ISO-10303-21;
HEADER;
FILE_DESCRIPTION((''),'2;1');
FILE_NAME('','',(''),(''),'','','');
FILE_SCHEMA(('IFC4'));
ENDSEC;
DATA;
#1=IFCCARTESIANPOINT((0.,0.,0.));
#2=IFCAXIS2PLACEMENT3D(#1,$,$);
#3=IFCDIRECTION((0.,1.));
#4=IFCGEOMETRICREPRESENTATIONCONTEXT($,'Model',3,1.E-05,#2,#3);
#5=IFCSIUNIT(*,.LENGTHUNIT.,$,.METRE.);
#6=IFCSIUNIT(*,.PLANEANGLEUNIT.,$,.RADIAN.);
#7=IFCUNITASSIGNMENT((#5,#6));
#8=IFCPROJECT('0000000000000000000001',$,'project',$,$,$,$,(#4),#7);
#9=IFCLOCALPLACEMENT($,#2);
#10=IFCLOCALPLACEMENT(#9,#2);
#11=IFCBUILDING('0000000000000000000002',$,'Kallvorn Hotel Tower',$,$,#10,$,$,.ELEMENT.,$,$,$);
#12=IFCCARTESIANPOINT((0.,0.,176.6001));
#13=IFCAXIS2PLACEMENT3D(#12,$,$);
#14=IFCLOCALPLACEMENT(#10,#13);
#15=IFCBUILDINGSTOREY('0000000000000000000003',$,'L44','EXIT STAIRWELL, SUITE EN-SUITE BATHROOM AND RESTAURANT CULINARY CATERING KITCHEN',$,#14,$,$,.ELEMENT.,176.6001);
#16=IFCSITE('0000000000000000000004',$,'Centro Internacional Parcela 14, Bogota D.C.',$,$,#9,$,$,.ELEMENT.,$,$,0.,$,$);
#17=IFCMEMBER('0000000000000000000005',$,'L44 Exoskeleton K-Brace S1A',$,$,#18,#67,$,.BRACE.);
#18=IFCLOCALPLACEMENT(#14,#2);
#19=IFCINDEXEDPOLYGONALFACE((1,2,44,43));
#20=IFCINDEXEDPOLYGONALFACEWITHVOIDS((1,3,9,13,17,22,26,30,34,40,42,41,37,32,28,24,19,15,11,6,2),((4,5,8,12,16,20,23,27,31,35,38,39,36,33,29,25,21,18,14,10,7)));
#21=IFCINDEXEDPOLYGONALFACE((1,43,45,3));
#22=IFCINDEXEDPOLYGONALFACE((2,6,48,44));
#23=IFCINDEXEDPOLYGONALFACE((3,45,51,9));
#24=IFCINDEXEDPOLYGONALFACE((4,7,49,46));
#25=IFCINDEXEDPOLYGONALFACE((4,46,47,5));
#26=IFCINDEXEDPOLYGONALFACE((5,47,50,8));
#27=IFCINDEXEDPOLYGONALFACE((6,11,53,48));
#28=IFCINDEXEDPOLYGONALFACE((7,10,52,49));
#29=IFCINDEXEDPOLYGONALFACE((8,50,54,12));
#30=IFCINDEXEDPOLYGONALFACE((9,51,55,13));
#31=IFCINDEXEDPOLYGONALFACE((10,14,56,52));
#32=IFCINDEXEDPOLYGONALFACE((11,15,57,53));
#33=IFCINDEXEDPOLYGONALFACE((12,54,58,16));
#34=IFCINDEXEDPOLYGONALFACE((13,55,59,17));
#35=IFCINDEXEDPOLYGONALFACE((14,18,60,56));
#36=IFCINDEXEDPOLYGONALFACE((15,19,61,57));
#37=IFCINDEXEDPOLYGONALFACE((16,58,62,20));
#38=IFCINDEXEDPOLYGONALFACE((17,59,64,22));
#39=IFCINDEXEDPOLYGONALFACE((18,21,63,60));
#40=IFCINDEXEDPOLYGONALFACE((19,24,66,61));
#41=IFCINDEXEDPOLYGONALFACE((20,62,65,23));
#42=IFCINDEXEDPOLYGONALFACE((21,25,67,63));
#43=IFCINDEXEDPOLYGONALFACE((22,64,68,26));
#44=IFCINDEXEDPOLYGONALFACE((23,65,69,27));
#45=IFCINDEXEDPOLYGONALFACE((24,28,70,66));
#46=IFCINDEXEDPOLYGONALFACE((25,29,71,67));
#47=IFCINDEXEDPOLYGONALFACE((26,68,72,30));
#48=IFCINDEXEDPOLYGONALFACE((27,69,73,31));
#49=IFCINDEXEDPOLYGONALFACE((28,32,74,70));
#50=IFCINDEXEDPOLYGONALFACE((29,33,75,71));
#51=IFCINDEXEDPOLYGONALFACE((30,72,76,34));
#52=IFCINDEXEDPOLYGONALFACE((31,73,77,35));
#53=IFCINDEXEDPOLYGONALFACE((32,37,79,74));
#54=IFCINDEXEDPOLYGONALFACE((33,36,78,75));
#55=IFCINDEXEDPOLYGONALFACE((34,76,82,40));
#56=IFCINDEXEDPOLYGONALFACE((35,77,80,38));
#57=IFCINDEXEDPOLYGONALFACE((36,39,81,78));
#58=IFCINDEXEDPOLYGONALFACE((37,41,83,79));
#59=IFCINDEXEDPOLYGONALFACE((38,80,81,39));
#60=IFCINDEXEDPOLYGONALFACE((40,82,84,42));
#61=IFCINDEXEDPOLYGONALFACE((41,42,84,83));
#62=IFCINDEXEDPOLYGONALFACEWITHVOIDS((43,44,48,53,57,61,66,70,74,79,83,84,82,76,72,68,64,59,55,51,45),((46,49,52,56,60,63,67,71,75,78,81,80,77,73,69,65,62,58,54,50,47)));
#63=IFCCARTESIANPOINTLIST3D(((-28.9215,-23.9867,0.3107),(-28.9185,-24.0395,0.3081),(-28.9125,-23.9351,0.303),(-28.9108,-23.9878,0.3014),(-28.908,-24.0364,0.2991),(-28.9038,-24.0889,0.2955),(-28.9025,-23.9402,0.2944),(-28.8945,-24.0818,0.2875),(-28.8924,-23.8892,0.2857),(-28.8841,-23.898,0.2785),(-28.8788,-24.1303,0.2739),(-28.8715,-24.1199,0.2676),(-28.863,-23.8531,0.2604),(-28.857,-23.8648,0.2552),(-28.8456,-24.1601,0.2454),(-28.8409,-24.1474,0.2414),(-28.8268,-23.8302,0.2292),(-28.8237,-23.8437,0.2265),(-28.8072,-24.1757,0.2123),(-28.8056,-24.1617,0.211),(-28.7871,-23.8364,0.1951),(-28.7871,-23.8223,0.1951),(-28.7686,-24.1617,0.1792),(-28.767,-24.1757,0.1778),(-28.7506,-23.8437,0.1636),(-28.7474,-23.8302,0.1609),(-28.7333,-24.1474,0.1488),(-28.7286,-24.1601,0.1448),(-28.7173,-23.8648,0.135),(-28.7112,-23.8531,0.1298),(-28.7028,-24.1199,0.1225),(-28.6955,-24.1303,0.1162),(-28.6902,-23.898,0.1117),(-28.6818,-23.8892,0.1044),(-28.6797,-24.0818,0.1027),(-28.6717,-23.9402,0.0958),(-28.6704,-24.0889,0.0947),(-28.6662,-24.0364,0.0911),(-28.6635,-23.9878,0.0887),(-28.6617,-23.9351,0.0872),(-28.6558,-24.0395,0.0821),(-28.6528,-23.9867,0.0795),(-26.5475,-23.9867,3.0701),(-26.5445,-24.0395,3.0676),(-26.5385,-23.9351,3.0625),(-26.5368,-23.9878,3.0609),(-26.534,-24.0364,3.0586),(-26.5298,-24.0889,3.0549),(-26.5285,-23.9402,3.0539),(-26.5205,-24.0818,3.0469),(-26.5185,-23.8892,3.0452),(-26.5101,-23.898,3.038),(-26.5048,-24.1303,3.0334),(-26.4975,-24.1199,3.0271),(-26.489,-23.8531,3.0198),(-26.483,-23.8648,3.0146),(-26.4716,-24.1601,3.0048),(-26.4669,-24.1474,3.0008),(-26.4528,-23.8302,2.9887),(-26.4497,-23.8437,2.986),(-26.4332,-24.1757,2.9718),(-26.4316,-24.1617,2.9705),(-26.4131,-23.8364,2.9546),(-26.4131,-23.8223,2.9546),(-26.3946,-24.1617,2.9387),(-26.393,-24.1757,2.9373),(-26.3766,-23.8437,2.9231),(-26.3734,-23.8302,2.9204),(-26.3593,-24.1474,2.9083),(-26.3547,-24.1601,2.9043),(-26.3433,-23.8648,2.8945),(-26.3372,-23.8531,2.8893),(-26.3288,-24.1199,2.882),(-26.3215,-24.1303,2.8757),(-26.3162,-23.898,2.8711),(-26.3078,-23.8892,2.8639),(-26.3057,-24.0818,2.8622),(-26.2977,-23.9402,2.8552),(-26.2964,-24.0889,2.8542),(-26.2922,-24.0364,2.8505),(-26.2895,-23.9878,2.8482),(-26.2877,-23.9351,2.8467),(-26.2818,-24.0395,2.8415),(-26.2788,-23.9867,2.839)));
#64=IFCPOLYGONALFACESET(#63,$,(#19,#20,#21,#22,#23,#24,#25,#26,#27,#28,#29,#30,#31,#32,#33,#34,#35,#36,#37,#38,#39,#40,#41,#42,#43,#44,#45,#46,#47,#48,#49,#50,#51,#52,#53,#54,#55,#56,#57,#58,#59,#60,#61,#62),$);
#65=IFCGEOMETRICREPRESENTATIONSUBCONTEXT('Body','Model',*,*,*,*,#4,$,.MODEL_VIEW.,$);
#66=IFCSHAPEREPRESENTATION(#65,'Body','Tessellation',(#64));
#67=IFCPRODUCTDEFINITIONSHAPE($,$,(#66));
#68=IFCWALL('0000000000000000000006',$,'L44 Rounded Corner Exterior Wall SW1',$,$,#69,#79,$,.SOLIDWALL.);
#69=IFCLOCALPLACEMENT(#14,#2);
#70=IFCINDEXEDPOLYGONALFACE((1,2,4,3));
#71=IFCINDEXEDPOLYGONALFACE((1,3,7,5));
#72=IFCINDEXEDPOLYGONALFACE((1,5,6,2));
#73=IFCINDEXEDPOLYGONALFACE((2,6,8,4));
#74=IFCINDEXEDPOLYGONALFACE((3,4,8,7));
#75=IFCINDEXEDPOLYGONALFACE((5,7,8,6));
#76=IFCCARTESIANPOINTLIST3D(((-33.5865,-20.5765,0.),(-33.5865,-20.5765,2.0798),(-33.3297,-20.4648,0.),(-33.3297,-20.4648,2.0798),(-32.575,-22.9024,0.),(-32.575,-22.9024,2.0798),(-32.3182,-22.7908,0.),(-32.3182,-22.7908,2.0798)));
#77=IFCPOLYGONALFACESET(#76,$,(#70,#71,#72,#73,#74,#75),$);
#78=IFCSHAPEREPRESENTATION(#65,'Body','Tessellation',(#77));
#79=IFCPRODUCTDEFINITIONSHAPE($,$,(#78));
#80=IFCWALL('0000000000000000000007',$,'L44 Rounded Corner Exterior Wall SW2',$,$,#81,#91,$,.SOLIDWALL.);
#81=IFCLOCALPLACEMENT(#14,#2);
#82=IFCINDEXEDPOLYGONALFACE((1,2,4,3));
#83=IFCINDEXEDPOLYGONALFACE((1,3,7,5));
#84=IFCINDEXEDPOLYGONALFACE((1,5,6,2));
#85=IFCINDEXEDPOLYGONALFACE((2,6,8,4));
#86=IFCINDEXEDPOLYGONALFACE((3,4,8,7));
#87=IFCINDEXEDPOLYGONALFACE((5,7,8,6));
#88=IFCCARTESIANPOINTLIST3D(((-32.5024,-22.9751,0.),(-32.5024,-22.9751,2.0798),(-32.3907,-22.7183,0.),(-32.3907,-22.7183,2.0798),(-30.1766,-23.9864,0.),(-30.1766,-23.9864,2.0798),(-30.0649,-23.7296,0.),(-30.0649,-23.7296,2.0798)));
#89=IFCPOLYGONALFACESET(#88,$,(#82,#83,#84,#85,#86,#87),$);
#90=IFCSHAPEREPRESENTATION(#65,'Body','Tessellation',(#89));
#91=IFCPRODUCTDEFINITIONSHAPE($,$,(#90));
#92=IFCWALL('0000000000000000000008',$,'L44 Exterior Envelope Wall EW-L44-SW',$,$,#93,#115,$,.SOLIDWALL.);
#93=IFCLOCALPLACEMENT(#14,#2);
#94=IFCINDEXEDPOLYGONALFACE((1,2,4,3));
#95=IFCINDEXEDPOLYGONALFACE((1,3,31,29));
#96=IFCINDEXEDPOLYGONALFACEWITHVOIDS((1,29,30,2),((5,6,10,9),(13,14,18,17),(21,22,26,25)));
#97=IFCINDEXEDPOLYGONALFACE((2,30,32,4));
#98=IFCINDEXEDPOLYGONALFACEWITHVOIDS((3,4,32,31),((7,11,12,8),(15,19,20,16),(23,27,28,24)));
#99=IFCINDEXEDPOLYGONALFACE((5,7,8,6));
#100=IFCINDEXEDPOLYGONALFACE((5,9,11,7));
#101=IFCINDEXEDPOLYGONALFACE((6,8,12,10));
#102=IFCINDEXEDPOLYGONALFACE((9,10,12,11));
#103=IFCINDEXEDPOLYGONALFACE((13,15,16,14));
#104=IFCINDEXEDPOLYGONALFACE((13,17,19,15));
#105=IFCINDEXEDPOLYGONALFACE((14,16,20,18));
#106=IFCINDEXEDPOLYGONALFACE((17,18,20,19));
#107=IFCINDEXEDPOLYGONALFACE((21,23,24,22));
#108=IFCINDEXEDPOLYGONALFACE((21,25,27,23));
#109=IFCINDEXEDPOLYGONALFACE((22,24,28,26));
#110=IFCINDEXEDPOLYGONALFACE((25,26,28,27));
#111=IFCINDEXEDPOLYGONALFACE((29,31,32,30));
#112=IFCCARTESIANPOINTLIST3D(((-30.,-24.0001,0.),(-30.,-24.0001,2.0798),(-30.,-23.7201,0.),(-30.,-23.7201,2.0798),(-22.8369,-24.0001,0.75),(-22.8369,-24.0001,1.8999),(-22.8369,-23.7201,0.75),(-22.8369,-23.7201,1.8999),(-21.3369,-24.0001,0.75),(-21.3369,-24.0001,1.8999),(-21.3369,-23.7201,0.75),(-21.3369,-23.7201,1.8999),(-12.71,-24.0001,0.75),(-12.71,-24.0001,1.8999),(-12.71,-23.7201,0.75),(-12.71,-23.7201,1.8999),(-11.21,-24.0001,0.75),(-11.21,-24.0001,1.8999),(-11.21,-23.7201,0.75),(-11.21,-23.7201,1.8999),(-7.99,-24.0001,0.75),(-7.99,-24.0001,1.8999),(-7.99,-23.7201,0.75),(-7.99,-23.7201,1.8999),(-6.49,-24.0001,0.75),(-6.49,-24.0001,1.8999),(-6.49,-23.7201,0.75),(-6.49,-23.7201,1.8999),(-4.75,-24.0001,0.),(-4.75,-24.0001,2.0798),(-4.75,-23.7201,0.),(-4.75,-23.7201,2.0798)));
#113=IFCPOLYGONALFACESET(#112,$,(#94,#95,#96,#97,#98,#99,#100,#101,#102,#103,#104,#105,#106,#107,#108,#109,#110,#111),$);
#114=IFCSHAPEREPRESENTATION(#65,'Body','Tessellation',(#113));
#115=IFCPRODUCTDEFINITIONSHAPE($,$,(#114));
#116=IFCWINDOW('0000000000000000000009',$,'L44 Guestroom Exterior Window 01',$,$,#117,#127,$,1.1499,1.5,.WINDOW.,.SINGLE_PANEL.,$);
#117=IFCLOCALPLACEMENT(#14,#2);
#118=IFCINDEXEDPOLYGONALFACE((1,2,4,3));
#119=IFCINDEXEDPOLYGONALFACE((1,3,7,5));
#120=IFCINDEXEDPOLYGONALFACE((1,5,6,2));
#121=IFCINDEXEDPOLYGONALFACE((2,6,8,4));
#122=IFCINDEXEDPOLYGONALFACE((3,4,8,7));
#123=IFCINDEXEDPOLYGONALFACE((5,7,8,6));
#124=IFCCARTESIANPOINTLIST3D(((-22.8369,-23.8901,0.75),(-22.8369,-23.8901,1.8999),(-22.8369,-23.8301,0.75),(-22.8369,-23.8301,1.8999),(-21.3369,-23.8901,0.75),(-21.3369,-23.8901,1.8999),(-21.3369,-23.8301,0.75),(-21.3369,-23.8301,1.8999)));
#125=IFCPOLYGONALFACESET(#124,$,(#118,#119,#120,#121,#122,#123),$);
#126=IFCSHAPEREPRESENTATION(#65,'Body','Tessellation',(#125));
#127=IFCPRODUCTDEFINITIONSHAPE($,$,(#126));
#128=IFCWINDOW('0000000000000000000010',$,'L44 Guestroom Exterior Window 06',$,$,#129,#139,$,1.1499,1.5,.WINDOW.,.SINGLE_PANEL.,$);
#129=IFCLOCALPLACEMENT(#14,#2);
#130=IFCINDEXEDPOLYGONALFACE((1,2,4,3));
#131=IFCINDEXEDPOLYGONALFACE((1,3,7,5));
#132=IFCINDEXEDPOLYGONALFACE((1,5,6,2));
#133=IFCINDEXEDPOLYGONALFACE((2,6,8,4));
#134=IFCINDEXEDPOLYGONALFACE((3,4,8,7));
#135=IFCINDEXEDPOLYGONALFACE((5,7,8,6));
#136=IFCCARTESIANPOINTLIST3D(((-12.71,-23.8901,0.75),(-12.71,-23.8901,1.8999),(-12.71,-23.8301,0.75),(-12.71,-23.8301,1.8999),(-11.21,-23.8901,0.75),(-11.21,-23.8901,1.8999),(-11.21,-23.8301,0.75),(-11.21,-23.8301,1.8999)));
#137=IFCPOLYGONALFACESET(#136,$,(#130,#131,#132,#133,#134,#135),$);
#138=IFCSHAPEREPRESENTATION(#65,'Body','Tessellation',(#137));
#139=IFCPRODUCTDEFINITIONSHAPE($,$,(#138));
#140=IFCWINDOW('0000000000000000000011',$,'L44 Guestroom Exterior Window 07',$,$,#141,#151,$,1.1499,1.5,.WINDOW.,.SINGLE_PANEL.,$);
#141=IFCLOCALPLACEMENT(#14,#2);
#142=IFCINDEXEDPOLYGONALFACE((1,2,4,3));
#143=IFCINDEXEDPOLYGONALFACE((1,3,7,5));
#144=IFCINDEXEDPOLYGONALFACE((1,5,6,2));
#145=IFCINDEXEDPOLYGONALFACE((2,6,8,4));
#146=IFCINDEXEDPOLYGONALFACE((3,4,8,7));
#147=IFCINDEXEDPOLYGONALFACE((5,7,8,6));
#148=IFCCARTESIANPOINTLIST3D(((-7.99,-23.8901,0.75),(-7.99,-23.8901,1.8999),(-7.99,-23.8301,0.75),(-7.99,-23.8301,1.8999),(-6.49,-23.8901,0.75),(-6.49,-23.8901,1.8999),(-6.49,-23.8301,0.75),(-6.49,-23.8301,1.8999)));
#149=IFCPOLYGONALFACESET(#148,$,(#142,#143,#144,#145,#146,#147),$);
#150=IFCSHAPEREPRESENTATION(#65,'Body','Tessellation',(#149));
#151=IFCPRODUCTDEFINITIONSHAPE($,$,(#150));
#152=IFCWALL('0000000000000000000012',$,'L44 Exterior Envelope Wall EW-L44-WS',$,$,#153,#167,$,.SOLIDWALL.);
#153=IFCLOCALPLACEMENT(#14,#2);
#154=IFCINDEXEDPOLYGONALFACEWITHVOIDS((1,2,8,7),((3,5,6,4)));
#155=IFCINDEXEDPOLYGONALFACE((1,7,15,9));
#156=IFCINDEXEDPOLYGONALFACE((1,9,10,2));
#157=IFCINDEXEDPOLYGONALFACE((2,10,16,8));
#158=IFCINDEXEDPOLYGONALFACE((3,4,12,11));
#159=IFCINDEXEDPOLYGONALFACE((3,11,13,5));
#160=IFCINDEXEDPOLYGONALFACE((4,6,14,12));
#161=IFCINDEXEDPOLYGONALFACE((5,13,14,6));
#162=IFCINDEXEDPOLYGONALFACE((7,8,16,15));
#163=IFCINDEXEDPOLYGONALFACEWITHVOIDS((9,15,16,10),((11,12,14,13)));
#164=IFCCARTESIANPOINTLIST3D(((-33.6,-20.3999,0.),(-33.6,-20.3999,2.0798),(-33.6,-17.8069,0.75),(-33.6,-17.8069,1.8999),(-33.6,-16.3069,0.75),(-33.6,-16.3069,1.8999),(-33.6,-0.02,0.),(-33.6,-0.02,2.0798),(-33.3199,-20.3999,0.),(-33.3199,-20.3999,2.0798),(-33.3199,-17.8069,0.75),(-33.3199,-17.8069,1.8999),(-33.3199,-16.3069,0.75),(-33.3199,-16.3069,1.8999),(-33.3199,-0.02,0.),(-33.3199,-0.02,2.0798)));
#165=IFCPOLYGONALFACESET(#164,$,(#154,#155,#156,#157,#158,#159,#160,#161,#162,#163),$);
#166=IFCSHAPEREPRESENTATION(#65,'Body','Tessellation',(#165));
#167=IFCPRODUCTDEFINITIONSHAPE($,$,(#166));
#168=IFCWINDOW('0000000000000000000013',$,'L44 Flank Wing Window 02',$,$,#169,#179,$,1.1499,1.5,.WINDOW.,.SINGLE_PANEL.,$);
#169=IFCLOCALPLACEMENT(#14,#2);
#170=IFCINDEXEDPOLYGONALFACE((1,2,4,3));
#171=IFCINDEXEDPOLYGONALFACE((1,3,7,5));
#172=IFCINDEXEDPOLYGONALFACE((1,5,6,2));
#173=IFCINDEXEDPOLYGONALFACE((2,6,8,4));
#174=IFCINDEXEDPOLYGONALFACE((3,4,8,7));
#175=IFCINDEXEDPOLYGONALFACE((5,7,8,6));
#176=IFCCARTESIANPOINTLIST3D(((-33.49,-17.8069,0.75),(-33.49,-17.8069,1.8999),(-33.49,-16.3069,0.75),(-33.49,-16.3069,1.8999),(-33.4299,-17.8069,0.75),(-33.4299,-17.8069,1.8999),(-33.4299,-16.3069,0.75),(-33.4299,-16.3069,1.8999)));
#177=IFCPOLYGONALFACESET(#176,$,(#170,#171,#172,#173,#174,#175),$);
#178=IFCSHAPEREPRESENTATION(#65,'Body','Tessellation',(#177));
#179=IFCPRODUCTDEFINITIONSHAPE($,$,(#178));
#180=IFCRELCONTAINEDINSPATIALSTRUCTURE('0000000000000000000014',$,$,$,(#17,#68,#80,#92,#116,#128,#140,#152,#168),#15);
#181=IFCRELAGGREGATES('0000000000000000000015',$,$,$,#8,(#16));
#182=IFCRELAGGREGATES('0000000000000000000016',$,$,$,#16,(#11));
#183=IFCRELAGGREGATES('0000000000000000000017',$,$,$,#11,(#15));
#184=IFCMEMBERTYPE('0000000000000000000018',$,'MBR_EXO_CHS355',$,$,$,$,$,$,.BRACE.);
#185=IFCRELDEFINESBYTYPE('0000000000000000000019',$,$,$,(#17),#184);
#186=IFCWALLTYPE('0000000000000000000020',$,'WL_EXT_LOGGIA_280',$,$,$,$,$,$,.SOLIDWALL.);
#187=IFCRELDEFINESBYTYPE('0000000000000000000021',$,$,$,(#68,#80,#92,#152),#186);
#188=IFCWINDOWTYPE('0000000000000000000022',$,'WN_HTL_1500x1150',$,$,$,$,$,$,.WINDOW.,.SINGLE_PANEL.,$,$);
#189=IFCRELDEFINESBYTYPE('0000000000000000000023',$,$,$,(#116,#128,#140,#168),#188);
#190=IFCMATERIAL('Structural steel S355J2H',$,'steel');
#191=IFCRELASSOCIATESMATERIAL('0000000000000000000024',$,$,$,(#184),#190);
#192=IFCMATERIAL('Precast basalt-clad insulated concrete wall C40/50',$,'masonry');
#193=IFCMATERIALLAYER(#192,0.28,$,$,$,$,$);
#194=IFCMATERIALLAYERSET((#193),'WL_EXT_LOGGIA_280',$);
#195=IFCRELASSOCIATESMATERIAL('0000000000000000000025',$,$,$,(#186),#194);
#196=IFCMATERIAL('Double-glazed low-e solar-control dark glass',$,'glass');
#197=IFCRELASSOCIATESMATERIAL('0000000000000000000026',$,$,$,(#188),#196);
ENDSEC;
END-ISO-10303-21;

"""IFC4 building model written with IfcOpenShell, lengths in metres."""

from ifc_helpers import new_model, si_unit, direction, frame, frame_2d, origin, origin_2d, place, context, subcontext, project, spatial, rectangle, hollow_circle, extrude, material, layer, layer_set, material_profile, profile_set, type_object, element, fill, save


model = new_model("IFC4")

# Units and contexts
model_context = context("Model", 3, precision=1e-05, world=origin(), true_north=direction((0.0, 1.0)))
body_context = subcontext(model_context, "Body", "Model", "MODEL_VIEW")
ifc_project = project(units=[si_unit("LENGTHUNIT", "METRE"), si_unit("PLANEANGLEUNIT", "RADIAN")], contexts=[model_context])

# Site, building, storey
site_placement = place(None, origin())
site = spatial("IfcSite", under=ifc_project, at=site_placement, Name="Centro Internacional Parcela 14, Bogota D.C.", CompositionType="ELEMENT", RefElevation=0.0)
building_placement = place(site_placement, origin())
building = spatial("IfcBuilding", under=site, at=building_placement, Name="Kallvorn Hotel Tower", CompositionType="ELEMENT")
storey_placement = place(building_placement, frame((0.0, 0.0, 176.6001)))
storey = spatial("IfcBuildingStorey", under=building, at=storey_placement, Name="L44", Description="EXIT STAIRWELL, SUITE EN-SUITE BATHROOM AND RESTAURANT CULINARY CATERING KITCHEN", CompositionType="ELEMENT", Elevation=176.6001)

# Member
ifc_material_1 = material(Name="Structural steel S355J2H", Category="steel")
ifc_material_profile_1 = material_profile(ifc_material_1, hollow_circle(Radius=0.1777, WallThickness=0.0142, at=origin_2d()), Name="CHS 355.6x14.2")
ifc_profile_set_1 = profile_set([ifc_material_profile_1], Name="Structural steel S355J2H")
member_type = type_object("IfcMemberType", Name="MBR_EXO_CHS355", PredefinedType="BRACE", material=ifc_profile_set_1)
member_placement = place(storey_placement, frame((-28.7871, -24.0, 0.1951), z_axis=(0.652171, 0.0, 0.758072), x_axis=(0.0, 1.0, 0.0)))
element("IfcMember", 1, at=member_placement, inside=storey, type_object=member_type, Name="L44 Exoskeleton K-Brace S1A", PredefinedType="BRACE", context=body_context, shape_type="SweptSolid", body=[
    extrude(hollow_circle(Radius=0.1777, WallThickness=0.0142, at=origin_2d()), origin(), (0.0, 0.0, 1.0), 3.6401),
])

# Walls
ifc_material_2 = material(Name="Precast basalt-clad insulated concrete wall C40/50", Category="masonry")
ifc_layer = layer(ifc_material_2, 0.28)
ifc_layer_set = layer_set([ifc_layer], Name="WL_EXT_LOGGIA_280")
wall_type = type_object("IfcWallType", Name="WL_EXT_LOGGIA_280", PredefinedType="SOLIDWALL", material=ifc_layer_set)
wall_1_placement = place(storey_placement, frame((-33.458, -20.5208, 0.0), z_axis=(0.0, 0.0, 1.0), x_axis=(0.398793, -0.917041, 0.0)))
element("IfcWall", 2, at=wall_1_placement, inside=storey, type_object=wall_type, Name="L44 Rounded Corner Exterior Wall SW1", PredefinedType="SOLIDWALL", context=body_context, shape_type="SweptSolid", body=[
    extrude(rectangle(XDim=2.5364, YDim=0.28, at=frame_2d((1.2681, 0.0))), origin(), (0.0, 0.0, 1.0), 2.0798),
])
wall_2_placement = place(storey_placement, frame((-32.4465, -22.8467, 0.0), z_axis=(0.0, 0.0, 1.0), x_axis=(0.917061, -0.398747, 0.0)))
element("IfcWall", 3, at=wall_2_placement, inside=storey, type_object=wall_type, Name="L44 Rounded Corner Exterior Wall SW2", PredefinedType="SOLIDWALL", context=body_context, shape_type="SweptSolid", body=[
    extrude(rectangle(XDim=2.5361, YDim=0.28, at=frame_2d((1.2681, 0.0))), origin(), (0.0, 0.0, 1.0), 2.0798),
])

# Wall, openings, windows
wall_3_placement = place(storey_placement, frame((-30.0, -23.8601, 0.0), z_axis=(0.0, 0.0, 1.0), x_axis=(1.0, 0.0, 0.0)))
wall_3 = element("IfcWall", 4, at=wall_3_placement, inside=storey, type_object=wall_type, Name="L44 Exterior Envelope Wall EW-L44-SW", PredefinedType="SOLIDWALL", context=body_context, shape_type="SweptSolid", body=[
    extrude(rectangle(XDim=25.25, YDim=0.28, at=frame_2d((12.625, 0.0))), origin(), (0.0, 0.0, 1.0), 2.0798),
])
opening_1_placement = place(wall_3_placement, frame((7.1631, 0.0, 0.75)))
opening_1 = element("IfcOpeningElement", 5, at=opening_1_placement, cuts=wall_3, PredefinedType="OPENING", context=body_context, shape_type="SweptSolid", body=[
    extrude(rectangle(XDim=1.5, YDim=1.1499, at=frame_2d((0.75, 0.575))), frame((0.0, 0.155, 0.0), z_axis=(0.0, -1.0, 0.0), x_axis=(1.0, 0.0, 0.0)), (0.0, 0.0, 1.0), 0.3101),
])
opening_2_placement = place(wall_3_placement, frame((17.29, 0.0, 0.75)))
opening_2 = element("IfcOpeningElement", 6, at=opening_2_placement, cuts=wall_3, PredefinedType="OPENING", context=body_context, shape_type="SweptSolid", body=[
    extrude(rectangle(XDim=1.5, YDim=1.1499, at=frame_2d((0.75, 0.575))), frame((0.0, 0.155, 0.0), z_axis=(0.0, -1.0, 0.0), x_axis=(1.0, 0.0, 0.0)), (0.0, 0.0, 1.0), 0.3101),
])
opening_3_placement = place(wall_3_placement, frame((22.01, 0.0, 0.75)))
opening_3 = element("IfcOpeningElement", 7, at=opening_3_placement, cuts=wall_3, PredefinedType="OPENING", context=body_context, shape_type="SweptSolid", body=[
    extrude(rectangle(XDim=1.5, YDim=1.1499, at=frame_2d((0.75, 0.575))), frame((0.0, 0.155, 0.0), z_axis=(0.0, -1.0, 0.0), x_axis=(1.0, 0.0, 0.0)), (0.0, 0.0, 1.0), 0.3101),
])
ifc_material_3 = material(Name="Double-glazed low-e solar-control dark glass", Category="glass")
window_type = type_object("IfcWindowType", Name="WN_HTL_1500x1150", PartitioningType="SINGLE_PANEL", PredefinedType="WINDOW", material=ifc_material_3)
window_1_placement = place(opening_1_placement, origin())
window_1 = element("IfcWindow", 8, at=window_1_placement, inside=storey, type_object=window_type, Name="L44 Guestroom Exterior Window 01", OverallHeight=1.1499, OverallWidth=1.5, PartitioningType="SINGLE_PANEL", PredefinedType="WINDOW", context=body_context, shape_type="SweptSolid", body=[
    extrude(rectangle(XDim=1.5, YDim=1.1499, at=frame_2d((0.75, 0.575))), frame((0.0, 0.03, 0.0), z_axis=(0.0, -1.0, 0.0), x_axis=(1.0, 0.0, 0.0)), (0.0, 0.0, 1.0), 0.0601),
])
fill(opening_1, window_1)
window_2_placement = place(opening_2_placement, origin())
window_2 = element("IfcWindow", 9, at=window_2_placement, inside=storey, type_object=window_type, Name="L44 Guestroom Exterior Window 06", OverallHeight=1.1499, OverallWidth=1.5, PartitioningType="SINGLE_PANEL", PredefinedType="WINDOW", context=body_context, shape_type="SweptSolid", body=[
    extrude(rectangle(XDim=1.5, YDim=1.1499, at=frame_2d((0.75, 0.575))), frame((0.0, 0.03, 0.0), z_axis=(0.0, -1.0, 0.0), x_axis=(1.0, 0.0, 0.0)), (0.0, 0.0, 1.0), 0.0601),
])
fill(opening_2, window_2)
window_3_placement = place(opening_3_placement, origin())
window_3 = element("IfcWindow", 10, at=window_3_placement, inside=storey, type_object=window_type, Name="L44 Guestroom Exterior Window 07", OverallHeight=1.1499, OverallWidth=1.5, PartitioningType="SINGLE_PANEL", PredefinedType="WINDOW", context=body_context, shape_type="SweptSolid", body=[
    extrude(rectangle(XDim=1.5, YDim=1.1499, at=frame_2d((0.75, 0.575))), frame((0.0, 0.03, 0.0), z_axis=(0.0, -1.0, 0.0), x_axis=(1.0, 0.0, 0.0)), (0.0, 0.0, 1.0), 0.0601),
])
fill(opening_3, window_3)

# Wall, opening, window
wall_4_placement = place(storey_placement, frame((-33.46, -20.3999, 0.0), z_axis=(0.0, 0.0, 1.0), x_axis=(0.0, 1.0, 0.0)))
wall_4 = element("IfcWall", 11, at=wall_4_placement, inside=storey, type_object=wall_type, Name="L44 Exterior Envelope Wall EW-L44-WS", PredefinedType="SOLIDWALL", context=body_context, shape_type="SweptSolid", body=[
    extrude(rectangle(XDim=20.3799, YDim=0.28, at=frame_2d((10.1899, 0.0))), origin(), (0.0, 0.0, 1.0), 2.0798),
])
opening_4_placement = place(wall_4_placement, frame((2.593, 0.0, 0.75)))
opening_4 = element("IfcOpeningElement", 12, at=opening_4_placement, cuts=wall_4, PredefinedType="OPENING", context=body_context, shape_type="SweptSolid", body=[
    extrude(rectangle(XDim=1.5, YDim=1.1499, at=frame_2d((0.75, 0.575))), frame((0.0, 0.155, 0.0), z_axis=(0.0, -1.0, 0.0), x_axis=(1.0, 0.0, 0.0)), (0.0, 0.0, 1.0), 0.3101),
])
window_4_placement = place(opening_4_placement, origin())
window_4 = element("IfcWindow", 13, at=window_4_placement, inside=storey, type_object=window_type, Name="L44 Flank Wing Window 02", OverallHeight=1.1499, OverallWidth=1.5, PartitioningType="SINGLE_PANEL", PredefinedType="WINDOW", context=body_context, shape_type="SweptSolid", body=[
    extrude(rectangle(XDim=1.5, YDim=1.1499, at=frame_2d((0.75, 0.575))), frame((0.0, 0.03, 0.0), z_axis=(0.0, -1.0, 0.0), x_axis=(1.0, 0.0, 0.0)), (0.0, 0.0, 1.0), 0.0601),
])
fill(opening_4, window_4)

save(model, "model.ifc")
